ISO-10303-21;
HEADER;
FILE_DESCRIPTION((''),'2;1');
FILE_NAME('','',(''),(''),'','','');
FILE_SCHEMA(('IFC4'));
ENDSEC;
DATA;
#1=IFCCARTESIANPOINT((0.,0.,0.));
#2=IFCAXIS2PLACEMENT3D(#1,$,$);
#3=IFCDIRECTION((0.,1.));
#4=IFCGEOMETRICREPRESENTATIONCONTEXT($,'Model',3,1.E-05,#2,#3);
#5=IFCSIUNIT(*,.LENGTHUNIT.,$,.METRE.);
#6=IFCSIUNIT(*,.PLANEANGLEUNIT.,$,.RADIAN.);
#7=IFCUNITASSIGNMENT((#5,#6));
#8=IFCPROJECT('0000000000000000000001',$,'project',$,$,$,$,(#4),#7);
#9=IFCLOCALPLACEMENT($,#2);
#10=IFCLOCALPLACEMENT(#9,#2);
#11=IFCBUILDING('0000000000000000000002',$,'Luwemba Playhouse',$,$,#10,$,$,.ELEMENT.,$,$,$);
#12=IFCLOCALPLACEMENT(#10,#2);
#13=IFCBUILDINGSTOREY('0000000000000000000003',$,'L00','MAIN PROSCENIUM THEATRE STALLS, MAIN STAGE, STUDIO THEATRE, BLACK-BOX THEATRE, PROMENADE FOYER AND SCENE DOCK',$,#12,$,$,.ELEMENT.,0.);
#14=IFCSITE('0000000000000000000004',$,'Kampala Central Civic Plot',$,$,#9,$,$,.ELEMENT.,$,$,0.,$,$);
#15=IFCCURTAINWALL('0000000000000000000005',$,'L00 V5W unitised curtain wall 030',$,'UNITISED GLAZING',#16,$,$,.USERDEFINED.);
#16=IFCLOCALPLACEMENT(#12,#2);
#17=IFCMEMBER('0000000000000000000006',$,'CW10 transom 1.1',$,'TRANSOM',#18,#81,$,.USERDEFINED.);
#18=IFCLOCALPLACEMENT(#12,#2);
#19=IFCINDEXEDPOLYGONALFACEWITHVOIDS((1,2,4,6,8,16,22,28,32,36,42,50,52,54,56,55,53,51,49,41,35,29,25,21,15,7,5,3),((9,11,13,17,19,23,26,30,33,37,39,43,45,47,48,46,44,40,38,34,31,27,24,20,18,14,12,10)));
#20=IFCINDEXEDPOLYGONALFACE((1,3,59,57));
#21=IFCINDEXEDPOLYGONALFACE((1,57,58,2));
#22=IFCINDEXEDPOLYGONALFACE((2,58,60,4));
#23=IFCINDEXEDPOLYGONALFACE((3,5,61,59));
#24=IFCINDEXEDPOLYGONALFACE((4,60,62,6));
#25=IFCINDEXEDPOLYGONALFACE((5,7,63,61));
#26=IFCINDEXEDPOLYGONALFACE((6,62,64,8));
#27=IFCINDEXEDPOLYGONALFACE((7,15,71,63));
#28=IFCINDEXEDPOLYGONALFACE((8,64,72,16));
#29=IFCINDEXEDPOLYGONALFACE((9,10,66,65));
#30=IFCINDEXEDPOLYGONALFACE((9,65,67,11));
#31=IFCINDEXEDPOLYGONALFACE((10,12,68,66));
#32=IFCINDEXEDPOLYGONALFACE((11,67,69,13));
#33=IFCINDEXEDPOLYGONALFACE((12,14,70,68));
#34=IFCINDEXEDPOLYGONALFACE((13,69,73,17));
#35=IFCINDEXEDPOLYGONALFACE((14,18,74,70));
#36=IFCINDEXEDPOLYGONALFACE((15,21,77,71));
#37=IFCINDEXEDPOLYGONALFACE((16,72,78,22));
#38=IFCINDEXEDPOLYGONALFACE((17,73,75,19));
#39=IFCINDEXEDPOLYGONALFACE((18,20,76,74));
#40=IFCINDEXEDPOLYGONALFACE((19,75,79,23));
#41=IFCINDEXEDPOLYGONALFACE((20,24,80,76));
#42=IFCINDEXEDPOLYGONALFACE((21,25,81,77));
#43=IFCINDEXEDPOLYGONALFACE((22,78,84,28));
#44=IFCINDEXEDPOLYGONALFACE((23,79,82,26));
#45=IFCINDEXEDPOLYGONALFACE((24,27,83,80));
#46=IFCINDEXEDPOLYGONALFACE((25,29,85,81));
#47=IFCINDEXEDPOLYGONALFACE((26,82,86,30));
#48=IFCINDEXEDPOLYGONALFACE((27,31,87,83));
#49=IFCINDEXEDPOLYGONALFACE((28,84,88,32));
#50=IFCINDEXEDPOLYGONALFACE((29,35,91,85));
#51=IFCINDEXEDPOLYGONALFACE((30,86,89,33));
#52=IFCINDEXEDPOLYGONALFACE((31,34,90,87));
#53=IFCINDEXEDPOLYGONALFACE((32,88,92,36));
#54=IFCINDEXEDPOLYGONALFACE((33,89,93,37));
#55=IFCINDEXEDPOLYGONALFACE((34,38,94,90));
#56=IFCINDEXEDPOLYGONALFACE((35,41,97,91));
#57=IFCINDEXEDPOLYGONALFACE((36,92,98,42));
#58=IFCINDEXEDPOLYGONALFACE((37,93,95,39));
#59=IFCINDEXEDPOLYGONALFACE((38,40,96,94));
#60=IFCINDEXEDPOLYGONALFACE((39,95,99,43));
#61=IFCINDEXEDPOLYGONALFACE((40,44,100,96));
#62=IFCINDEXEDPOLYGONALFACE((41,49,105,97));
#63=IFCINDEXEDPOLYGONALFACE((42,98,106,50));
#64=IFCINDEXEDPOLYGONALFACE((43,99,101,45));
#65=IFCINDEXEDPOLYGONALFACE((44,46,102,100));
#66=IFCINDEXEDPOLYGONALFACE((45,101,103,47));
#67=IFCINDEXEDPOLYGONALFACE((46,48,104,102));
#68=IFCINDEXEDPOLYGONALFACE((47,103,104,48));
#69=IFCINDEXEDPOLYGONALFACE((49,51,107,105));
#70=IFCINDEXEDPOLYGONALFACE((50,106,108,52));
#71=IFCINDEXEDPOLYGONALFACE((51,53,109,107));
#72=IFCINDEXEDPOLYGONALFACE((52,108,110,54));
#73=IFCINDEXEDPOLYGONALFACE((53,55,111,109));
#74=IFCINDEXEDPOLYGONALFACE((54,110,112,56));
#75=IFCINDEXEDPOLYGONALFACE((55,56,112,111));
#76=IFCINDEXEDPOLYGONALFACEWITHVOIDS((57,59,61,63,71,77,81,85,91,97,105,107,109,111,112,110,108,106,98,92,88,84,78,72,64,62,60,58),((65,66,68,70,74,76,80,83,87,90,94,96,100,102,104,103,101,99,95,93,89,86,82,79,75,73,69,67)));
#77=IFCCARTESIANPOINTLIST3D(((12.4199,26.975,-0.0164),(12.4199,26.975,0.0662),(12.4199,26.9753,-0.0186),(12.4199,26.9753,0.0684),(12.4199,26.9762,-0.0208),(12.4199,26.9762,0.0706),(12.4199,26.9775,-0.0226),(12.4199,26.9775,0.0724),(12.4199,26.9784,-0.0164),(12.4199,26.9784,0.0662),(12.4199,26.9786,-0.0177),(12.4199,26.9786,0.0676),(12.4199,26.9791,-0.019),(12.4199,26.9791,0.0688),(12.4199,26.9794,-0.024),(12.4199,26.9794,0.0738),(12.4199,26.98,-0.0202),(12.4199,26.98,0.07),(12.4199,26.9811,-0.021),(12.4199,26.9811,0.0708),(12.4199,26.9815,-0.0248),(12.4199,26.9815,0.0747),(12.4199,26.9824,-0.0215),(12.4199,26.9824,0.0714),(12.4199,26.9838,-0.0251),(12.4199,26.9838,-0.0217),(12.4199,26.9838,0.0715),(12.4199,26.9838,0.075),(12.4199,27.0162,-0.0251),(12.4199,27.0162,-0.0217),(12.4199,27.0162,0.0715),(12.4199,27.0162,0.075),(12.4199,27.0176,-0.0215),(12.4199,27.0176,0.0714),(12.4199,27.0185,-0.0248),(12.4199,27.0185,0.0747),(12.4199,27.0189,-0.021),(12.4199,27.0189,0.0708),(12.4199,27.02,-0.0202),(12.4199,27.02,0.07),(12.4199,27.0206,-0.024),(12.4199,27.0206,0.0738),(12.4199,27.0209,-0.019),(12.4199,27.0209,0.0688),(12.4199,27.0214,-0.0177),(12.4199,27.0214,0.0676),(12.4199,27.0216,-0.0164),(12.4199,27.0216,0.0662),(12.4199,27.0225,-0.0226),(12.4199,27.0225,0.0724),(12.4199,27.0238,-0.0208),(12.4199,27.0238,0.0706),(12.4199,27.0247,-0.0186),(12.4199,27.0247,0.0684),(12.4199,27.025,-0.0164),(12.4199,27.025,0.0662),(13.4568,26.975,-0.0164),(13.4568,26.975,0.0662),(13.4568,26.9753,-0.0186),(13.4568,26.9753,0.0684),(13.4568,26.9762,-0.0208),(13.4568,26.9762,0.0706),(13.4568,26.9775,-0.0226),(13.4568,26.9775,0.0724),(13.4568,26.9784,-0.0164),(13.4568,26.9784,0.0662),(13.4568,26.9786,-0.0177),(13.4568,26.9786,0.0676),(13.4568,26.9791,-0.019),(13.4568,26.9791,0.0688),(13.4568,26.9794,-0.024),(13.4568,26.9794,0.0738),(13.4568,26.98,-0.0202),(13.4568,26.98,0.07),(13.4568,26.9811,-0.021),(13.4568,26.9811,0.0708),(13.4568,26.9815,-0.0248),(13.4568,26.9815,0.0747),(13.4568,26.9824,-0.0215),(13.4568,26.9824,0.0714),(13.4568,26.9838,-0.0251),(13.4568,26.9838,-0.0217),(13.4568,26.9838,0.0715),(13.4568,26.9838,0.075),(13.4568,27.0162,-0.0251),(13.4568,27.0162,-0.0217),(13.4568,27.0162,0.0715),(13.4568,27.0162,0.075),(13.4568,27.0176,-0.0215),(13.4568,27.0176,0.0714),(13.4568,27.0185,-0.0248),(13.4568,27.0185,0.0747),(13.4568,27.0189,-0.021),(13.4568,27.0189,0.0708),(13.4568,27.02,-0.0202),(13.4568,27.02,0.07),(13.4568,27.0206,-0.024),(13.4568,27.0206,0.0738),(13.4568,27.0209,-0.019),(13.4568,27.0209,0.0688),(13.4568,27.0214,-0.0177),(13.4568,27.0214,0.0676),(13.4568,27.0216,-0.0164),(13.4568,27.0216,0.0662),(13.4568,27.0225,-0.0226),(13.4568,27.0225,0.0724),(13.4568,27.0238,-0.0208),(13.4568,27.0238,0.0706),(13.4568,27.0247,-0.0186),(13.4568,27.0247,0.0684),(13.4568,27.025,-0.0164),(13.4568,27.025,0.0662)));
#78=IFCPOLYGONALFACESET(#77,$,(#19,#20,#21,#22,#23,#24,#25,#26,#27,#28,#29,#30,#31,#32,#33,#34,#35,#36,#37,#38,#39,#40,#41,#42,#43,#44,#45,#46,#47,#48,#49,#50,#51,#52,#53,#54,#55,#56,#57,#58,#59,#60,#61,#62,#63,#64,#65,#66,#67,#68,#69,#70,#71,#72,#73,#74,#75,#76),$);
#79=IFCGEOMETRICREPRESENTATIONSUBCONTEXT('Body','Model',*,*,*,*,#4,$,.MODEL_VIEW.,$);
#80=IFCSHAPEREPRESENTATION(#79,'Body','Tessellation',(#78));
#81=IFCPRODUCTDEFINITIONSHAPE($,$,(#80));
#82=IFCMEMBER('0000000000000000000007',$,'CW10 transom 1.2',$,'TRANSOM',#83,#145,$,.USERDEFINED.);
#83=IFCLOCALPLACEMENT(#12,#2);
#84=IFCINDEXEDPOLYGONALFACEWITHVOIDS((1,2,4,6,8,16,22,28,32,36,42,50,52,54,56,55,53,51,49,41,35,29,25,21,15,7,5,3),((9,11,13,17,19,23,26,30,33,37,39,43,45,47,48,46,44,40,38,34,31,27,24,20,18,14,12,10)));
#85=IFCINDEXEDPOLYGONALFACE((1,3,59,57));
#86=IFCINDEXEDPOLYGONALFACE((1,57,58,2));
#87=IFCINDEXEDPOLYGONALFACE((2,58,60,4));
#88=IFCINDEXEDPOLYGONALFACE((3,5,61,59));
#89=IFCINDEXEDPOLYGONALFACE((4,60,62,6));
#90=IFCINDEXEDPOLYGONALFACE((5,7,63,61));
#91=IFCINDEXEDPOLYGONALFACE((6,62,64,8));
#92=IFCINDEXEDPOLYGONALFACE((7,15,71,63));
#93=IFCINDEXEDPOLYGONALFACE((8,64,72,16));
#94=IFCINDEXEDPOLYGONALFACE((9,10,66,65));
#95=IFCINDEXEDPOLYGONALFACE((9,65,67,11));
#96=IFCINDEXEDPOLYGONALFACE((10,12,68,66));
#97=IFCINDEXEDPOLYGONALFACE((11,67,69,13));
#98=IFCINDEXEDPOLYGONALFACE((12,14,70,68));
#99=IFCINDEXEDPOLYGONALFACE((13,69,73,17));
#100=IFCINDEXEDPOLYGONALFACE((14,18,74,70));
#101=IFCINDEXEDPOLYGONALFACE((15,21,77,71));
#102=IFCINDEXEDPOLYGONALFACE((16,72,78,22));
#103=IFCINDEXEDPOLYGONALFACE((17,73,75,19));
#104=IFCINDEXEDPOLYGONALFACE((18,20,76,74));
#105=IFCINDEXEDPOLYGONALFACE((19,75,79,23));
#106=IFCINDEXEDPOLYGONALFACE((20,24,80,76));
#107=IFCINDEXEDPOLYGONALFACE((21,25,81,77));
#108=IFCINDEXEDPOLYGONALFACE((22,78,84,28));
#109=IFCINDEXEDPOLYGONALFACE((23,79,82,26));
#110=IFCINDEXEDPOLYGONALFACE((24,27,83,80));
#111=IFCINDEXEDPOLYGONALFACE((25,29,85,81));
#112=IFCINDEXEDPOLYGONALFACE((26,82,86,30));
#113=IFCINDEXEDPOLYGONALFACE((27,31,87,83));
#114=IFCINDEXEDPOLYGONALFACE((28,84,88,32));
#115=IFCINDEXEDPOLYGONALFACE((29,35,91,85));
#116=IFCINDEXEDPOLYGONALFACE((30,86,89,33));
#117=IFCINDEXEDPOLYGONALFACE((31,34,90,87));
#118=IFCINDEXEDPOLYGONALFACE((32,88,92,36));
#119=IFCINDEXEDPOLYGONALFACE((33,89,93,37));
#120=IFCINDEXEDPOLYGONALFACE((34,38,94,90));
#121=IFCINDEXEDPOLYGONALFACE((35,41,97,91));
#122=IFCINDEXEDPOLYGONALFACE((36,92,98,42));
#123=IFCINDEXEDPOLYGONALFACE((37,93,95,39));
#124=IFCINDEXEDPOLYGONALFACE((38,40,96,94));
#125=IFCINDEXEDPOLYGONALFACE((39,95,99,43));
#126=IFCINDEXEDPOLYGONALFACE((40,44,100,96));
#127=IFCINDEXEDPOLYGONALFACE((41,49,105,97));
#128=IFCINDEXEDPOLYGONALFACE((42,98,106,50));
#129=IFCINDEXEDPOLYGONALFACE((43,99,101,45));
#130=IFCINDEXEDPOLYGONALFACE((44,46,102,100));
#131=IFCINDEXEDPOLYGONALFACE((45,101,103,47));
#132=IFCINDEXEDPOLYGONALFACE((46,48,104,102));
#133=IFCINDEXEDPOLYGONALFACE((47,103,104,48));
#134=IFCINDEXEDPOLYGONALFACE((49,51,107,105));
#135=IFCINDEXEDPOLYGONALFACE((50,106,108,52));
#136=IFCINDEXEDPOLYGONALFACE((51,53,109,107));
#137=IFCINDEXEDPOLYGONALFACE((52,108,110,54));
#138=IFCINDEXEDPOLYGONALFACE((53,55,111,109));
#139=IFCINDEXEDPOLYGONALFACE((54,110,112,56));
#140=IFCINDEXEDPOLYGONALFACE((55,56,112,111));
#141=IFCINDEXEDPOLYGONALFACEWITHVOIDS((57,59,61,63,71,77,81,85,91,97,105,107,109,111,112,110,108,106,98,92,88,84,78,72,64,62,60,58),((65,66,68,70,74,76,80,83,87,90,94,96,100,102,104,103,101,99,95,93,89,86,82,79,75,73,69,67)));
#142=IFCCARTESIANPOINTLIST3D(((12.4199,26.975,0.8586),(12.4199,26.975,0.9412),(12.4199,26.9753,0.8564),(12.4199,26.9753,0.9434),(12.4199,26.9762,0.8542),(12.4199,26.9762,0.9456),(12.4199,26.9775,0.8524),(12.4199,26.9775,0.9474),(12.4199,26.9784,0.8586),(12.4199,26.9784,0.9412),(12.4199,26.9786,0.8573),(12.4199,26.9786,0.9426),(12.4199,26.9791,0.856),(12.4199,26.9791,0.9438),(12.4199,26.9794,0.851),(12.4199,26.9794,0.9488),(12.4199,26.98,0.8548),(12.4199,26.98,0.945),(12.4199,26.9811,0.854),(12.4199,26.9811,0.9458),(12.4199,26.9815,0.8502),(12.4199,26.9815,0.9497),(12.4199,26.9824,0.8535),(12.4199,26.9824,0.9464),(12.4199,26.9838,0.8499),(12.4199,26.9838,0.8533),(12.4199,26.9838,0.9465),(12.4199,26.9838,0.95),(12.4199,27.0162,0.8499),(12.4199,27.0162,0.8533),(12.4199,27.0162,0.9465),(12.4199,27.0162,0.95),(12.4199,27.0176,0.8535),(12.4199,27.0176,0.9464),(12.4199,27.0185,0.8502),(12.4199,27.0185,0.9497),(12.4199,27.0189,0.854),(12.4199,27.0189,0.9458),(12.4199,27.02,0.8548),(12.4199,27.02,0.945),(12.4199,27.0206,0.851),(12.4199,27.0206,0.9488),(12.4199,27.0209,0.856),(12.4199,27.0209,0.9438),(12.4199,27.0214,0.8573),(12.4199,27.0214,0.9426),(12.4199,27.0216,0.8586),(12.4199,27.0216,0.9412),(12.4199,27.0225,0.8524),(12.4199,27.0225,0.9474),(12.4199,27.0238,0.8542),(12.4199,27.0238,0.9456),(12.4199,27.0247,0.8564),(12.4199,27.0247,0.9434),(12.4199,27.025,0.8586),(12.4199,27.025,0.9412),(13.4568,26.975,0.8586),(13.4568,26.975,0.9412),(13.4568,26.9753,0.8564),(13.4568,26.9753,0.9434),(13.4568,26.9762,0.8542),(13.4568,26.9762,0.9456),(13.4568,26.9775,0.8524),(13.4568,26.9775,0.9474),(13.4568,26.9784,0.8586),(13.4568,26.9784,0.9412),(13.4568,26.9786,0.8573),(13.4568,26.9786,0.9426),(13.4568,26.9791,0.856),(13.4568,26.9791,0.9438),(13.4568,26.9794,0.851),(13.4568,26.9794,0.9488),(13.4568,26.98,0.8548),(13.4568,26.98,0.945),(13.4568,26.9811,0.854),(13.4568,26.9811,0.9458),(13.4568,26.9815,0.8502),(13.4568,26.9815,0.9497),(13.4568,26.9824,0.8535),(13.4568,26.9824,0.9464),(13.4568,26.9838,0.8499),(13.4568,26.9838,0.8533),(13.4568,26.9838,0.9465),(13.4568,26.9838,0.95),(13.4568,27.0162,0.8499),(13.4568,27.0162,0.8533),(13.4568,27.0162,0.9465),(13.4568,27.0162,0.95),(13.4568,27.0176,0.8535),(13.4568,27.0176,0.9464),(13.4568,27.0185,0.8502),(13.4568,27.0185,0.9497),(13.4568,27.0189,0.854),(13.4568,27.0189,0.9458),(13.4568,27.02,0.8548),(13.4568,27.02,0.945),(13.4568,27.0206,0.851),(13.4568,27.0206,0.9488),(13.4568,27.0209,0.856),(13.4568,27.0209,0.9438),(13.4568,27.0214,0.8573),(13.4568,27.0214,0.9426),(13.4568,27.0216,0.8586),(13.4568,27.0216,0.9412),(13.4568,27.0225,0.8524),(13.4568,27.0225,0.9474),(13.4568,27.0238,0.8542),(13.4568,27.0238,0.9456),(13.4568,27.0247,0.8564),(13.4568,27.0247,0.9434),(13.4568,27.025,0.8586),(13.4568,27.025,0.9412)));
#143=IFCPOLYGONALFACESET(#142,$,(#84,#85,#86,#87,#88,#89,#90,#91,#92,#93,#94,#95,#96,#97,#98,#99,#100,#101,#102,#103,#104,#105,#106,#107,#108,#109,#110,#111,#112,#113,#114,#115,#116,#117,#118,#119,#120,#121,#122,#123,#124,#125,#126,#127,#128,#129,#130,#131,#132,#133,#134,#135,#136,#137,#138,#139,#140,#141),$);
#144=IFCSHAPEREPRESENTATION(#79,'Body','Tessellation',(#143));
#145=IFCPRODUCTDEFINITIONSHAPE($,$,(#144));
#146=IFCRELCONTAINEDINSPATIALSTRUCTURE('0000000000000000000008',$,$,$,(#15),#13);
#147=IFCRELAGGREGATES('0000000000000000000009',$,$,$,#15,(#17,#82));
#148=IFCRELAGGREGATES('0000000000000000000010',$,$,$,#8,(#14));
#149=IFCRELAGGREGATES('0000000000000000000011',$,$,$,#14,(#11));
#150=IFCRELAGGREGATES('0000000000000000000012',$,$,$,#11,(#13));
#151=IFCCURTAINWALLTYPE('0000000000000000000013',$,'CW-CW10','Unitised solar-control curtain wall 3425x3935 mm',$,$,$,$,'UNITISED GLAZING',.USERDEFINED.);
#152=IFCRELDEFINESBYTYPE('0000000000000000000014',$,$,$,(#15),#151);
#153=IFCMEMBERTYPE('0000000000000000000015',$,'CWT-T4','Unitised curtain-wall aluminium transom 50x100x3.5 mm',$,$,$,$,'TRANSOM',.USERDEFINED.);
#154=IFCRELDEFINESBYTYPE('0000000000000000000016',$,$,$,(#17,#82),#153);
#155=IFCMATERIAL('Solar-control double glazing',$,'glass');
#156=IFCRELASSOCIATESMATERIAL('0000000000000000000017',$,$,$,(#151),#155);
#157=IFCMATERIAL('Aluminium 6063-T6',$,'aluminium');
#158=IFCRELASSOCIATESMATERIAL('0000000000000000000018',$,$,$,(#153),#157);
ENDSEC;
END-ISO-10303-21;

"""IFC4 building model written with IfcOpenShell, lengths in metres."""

from ifc_helpers import new_model, si_unit, direction, frame, origin, origin_2d, place, context, subcontext, project, spatial, hollow_rectangle, extrude, material, material_profile, profile_set, type_object, element, aggregate, save


model = new_model("IFC4")

# Units and contexts
model_context = context("Model", 3, precision=1e-05, world=origin(), true_north=direction((0.0, 1.0)))
body_context = subcontext(model_context, "Body", "Model", "MODEL_VIEW")
ifc_project = project(units=[si_unit("LENGTHUNIT", "METRE"), si_unit("PLANEANGLEUNIT", "RADIAN")], contexts=[model_context])

# Site, building, storey
site_placement = place(None, origin())
site = spatial("IfcSite", under=ifc_project, at=site_placement, Name="Kampala Central Civic Plot", CompositionType="ELEMENT", RefElevation=0.0)
building_placement = place(site_placement, origin())
building = spatial("IfcBuilding", under=site, at=building_placement, Name="Luwemba Playhouse", CompositionType="ELEMENT")
storey_placement = place(building_placement, origin())
storey = spatial("IfcBuildingStorey", under=building, at=storey_placement, Name="L00", Description="MAIN PROSCENIUM THEATRE STALLS, MAIN STAGE, STUDIO THEATRE, BLACK-BOX THEATRE, PROMENADE FOYER AND SCENE DOCK", CompositionType="ELEMENT", Elevation=0.0)

# Shared definitions
ifc_material_1 = material(Name="Solar-control double glazing", Category="glass")
ifc_material_2 = material(Name="Aluminium 6063-T6", Category="aluminium")

# Curtain wall, members
curtain_wall_type_1 = type_object("IfcCurtainWallType", Name="CW-CW10", Description="Unitised solar-control curtain wall 3425x3935 mm", ElementType="UNITISED GLAZING", PredefinedType="USERDEFINED", material=ifc_material_1)
curtain_wall_1_placement = place(storey_placement, origin())
curtain_wall_1 = element("IfcCurtainWall", 1, at=curtain_wall_1_placement, inside=storey, type_object=curtain_wall_type_1, Name="L00 V5W unitised curtain wall 030", ObjectType="UNITISED GLAZING", PredefinedType="USERDEFINED")
ifc_material_profile_1 = material_profile(ifc_material_2, hollow_rectangle(XDim=0.05, YDim=0.1001, WallThickness=0.0034, InnerFilletRadius=0.0054, OuterFilletRadius=0.0088, at=origin_2d()))
ifc_profile_set_1 = profile_set([ifc_material_profile_1], Name="Aluminium 6063-T6")
member_type_1 = type_object("IfcMemberType", Name="CWT-T4", Description="Unitised curtain-wall aluminium transom 50x100x3.5 mm", ElementType="TRANSOM", PredefinedType="USERDEFINED", material=ifc_profile_set_1)
member_1_placement = place(storey_placement, frame((12.4199, 27.0, 0.0249), z_axis=(1.0, 0.0, 0.0), x_axis=(0.0, 1.0, 0.0)))
member_1 = element("IfcMember", 2, at=member_1_placement, type_object=member_type_1, Name="CW10 transom 1.1", ObjectType="TRANSOM", PredefinedType="USERDEFINED", context=body_context, shape_type="SweptSolid", body=[
    extrude(hollow_rectangle(XDim=0.05, YDim=0.1001, WallThickness=0.0034, InnerFilletRadius=0.0054, OuterFilletRadius=0.0088, at=origin_2d()), origin(), (0.0, 0.0, 1.0), 1.0369),
])
member_2_placement = place(storey_placement, frame((12.4199, 27.0, 0.8999), z_axis=(1.0, 0.0, 0.0), x_axis=(0.0, 1.0, 0.0)))
member_2 = element("IfcMember", 3, at=member_2_placement, type_object=member_type_1, Name="CW10 transom 1.2", ObjectType="TRANSOM", PredefinedType="USERDEFINED", context=body_context, shape_type="SweptSolid", body=[
    extrude(hollow_rectangle(XDim=0.05, YDim=0.1001, WallThickness=0.0034, InnerFilletRadius=0.0054, OuterFilletRadius=0.0088, at=origin_2d()), origin(), (0.0, 0.0, 1.0), 1.0369),
])

aggregate(curtain_wall_1, [member_1, member_2])

save(model, "model.ifc")
